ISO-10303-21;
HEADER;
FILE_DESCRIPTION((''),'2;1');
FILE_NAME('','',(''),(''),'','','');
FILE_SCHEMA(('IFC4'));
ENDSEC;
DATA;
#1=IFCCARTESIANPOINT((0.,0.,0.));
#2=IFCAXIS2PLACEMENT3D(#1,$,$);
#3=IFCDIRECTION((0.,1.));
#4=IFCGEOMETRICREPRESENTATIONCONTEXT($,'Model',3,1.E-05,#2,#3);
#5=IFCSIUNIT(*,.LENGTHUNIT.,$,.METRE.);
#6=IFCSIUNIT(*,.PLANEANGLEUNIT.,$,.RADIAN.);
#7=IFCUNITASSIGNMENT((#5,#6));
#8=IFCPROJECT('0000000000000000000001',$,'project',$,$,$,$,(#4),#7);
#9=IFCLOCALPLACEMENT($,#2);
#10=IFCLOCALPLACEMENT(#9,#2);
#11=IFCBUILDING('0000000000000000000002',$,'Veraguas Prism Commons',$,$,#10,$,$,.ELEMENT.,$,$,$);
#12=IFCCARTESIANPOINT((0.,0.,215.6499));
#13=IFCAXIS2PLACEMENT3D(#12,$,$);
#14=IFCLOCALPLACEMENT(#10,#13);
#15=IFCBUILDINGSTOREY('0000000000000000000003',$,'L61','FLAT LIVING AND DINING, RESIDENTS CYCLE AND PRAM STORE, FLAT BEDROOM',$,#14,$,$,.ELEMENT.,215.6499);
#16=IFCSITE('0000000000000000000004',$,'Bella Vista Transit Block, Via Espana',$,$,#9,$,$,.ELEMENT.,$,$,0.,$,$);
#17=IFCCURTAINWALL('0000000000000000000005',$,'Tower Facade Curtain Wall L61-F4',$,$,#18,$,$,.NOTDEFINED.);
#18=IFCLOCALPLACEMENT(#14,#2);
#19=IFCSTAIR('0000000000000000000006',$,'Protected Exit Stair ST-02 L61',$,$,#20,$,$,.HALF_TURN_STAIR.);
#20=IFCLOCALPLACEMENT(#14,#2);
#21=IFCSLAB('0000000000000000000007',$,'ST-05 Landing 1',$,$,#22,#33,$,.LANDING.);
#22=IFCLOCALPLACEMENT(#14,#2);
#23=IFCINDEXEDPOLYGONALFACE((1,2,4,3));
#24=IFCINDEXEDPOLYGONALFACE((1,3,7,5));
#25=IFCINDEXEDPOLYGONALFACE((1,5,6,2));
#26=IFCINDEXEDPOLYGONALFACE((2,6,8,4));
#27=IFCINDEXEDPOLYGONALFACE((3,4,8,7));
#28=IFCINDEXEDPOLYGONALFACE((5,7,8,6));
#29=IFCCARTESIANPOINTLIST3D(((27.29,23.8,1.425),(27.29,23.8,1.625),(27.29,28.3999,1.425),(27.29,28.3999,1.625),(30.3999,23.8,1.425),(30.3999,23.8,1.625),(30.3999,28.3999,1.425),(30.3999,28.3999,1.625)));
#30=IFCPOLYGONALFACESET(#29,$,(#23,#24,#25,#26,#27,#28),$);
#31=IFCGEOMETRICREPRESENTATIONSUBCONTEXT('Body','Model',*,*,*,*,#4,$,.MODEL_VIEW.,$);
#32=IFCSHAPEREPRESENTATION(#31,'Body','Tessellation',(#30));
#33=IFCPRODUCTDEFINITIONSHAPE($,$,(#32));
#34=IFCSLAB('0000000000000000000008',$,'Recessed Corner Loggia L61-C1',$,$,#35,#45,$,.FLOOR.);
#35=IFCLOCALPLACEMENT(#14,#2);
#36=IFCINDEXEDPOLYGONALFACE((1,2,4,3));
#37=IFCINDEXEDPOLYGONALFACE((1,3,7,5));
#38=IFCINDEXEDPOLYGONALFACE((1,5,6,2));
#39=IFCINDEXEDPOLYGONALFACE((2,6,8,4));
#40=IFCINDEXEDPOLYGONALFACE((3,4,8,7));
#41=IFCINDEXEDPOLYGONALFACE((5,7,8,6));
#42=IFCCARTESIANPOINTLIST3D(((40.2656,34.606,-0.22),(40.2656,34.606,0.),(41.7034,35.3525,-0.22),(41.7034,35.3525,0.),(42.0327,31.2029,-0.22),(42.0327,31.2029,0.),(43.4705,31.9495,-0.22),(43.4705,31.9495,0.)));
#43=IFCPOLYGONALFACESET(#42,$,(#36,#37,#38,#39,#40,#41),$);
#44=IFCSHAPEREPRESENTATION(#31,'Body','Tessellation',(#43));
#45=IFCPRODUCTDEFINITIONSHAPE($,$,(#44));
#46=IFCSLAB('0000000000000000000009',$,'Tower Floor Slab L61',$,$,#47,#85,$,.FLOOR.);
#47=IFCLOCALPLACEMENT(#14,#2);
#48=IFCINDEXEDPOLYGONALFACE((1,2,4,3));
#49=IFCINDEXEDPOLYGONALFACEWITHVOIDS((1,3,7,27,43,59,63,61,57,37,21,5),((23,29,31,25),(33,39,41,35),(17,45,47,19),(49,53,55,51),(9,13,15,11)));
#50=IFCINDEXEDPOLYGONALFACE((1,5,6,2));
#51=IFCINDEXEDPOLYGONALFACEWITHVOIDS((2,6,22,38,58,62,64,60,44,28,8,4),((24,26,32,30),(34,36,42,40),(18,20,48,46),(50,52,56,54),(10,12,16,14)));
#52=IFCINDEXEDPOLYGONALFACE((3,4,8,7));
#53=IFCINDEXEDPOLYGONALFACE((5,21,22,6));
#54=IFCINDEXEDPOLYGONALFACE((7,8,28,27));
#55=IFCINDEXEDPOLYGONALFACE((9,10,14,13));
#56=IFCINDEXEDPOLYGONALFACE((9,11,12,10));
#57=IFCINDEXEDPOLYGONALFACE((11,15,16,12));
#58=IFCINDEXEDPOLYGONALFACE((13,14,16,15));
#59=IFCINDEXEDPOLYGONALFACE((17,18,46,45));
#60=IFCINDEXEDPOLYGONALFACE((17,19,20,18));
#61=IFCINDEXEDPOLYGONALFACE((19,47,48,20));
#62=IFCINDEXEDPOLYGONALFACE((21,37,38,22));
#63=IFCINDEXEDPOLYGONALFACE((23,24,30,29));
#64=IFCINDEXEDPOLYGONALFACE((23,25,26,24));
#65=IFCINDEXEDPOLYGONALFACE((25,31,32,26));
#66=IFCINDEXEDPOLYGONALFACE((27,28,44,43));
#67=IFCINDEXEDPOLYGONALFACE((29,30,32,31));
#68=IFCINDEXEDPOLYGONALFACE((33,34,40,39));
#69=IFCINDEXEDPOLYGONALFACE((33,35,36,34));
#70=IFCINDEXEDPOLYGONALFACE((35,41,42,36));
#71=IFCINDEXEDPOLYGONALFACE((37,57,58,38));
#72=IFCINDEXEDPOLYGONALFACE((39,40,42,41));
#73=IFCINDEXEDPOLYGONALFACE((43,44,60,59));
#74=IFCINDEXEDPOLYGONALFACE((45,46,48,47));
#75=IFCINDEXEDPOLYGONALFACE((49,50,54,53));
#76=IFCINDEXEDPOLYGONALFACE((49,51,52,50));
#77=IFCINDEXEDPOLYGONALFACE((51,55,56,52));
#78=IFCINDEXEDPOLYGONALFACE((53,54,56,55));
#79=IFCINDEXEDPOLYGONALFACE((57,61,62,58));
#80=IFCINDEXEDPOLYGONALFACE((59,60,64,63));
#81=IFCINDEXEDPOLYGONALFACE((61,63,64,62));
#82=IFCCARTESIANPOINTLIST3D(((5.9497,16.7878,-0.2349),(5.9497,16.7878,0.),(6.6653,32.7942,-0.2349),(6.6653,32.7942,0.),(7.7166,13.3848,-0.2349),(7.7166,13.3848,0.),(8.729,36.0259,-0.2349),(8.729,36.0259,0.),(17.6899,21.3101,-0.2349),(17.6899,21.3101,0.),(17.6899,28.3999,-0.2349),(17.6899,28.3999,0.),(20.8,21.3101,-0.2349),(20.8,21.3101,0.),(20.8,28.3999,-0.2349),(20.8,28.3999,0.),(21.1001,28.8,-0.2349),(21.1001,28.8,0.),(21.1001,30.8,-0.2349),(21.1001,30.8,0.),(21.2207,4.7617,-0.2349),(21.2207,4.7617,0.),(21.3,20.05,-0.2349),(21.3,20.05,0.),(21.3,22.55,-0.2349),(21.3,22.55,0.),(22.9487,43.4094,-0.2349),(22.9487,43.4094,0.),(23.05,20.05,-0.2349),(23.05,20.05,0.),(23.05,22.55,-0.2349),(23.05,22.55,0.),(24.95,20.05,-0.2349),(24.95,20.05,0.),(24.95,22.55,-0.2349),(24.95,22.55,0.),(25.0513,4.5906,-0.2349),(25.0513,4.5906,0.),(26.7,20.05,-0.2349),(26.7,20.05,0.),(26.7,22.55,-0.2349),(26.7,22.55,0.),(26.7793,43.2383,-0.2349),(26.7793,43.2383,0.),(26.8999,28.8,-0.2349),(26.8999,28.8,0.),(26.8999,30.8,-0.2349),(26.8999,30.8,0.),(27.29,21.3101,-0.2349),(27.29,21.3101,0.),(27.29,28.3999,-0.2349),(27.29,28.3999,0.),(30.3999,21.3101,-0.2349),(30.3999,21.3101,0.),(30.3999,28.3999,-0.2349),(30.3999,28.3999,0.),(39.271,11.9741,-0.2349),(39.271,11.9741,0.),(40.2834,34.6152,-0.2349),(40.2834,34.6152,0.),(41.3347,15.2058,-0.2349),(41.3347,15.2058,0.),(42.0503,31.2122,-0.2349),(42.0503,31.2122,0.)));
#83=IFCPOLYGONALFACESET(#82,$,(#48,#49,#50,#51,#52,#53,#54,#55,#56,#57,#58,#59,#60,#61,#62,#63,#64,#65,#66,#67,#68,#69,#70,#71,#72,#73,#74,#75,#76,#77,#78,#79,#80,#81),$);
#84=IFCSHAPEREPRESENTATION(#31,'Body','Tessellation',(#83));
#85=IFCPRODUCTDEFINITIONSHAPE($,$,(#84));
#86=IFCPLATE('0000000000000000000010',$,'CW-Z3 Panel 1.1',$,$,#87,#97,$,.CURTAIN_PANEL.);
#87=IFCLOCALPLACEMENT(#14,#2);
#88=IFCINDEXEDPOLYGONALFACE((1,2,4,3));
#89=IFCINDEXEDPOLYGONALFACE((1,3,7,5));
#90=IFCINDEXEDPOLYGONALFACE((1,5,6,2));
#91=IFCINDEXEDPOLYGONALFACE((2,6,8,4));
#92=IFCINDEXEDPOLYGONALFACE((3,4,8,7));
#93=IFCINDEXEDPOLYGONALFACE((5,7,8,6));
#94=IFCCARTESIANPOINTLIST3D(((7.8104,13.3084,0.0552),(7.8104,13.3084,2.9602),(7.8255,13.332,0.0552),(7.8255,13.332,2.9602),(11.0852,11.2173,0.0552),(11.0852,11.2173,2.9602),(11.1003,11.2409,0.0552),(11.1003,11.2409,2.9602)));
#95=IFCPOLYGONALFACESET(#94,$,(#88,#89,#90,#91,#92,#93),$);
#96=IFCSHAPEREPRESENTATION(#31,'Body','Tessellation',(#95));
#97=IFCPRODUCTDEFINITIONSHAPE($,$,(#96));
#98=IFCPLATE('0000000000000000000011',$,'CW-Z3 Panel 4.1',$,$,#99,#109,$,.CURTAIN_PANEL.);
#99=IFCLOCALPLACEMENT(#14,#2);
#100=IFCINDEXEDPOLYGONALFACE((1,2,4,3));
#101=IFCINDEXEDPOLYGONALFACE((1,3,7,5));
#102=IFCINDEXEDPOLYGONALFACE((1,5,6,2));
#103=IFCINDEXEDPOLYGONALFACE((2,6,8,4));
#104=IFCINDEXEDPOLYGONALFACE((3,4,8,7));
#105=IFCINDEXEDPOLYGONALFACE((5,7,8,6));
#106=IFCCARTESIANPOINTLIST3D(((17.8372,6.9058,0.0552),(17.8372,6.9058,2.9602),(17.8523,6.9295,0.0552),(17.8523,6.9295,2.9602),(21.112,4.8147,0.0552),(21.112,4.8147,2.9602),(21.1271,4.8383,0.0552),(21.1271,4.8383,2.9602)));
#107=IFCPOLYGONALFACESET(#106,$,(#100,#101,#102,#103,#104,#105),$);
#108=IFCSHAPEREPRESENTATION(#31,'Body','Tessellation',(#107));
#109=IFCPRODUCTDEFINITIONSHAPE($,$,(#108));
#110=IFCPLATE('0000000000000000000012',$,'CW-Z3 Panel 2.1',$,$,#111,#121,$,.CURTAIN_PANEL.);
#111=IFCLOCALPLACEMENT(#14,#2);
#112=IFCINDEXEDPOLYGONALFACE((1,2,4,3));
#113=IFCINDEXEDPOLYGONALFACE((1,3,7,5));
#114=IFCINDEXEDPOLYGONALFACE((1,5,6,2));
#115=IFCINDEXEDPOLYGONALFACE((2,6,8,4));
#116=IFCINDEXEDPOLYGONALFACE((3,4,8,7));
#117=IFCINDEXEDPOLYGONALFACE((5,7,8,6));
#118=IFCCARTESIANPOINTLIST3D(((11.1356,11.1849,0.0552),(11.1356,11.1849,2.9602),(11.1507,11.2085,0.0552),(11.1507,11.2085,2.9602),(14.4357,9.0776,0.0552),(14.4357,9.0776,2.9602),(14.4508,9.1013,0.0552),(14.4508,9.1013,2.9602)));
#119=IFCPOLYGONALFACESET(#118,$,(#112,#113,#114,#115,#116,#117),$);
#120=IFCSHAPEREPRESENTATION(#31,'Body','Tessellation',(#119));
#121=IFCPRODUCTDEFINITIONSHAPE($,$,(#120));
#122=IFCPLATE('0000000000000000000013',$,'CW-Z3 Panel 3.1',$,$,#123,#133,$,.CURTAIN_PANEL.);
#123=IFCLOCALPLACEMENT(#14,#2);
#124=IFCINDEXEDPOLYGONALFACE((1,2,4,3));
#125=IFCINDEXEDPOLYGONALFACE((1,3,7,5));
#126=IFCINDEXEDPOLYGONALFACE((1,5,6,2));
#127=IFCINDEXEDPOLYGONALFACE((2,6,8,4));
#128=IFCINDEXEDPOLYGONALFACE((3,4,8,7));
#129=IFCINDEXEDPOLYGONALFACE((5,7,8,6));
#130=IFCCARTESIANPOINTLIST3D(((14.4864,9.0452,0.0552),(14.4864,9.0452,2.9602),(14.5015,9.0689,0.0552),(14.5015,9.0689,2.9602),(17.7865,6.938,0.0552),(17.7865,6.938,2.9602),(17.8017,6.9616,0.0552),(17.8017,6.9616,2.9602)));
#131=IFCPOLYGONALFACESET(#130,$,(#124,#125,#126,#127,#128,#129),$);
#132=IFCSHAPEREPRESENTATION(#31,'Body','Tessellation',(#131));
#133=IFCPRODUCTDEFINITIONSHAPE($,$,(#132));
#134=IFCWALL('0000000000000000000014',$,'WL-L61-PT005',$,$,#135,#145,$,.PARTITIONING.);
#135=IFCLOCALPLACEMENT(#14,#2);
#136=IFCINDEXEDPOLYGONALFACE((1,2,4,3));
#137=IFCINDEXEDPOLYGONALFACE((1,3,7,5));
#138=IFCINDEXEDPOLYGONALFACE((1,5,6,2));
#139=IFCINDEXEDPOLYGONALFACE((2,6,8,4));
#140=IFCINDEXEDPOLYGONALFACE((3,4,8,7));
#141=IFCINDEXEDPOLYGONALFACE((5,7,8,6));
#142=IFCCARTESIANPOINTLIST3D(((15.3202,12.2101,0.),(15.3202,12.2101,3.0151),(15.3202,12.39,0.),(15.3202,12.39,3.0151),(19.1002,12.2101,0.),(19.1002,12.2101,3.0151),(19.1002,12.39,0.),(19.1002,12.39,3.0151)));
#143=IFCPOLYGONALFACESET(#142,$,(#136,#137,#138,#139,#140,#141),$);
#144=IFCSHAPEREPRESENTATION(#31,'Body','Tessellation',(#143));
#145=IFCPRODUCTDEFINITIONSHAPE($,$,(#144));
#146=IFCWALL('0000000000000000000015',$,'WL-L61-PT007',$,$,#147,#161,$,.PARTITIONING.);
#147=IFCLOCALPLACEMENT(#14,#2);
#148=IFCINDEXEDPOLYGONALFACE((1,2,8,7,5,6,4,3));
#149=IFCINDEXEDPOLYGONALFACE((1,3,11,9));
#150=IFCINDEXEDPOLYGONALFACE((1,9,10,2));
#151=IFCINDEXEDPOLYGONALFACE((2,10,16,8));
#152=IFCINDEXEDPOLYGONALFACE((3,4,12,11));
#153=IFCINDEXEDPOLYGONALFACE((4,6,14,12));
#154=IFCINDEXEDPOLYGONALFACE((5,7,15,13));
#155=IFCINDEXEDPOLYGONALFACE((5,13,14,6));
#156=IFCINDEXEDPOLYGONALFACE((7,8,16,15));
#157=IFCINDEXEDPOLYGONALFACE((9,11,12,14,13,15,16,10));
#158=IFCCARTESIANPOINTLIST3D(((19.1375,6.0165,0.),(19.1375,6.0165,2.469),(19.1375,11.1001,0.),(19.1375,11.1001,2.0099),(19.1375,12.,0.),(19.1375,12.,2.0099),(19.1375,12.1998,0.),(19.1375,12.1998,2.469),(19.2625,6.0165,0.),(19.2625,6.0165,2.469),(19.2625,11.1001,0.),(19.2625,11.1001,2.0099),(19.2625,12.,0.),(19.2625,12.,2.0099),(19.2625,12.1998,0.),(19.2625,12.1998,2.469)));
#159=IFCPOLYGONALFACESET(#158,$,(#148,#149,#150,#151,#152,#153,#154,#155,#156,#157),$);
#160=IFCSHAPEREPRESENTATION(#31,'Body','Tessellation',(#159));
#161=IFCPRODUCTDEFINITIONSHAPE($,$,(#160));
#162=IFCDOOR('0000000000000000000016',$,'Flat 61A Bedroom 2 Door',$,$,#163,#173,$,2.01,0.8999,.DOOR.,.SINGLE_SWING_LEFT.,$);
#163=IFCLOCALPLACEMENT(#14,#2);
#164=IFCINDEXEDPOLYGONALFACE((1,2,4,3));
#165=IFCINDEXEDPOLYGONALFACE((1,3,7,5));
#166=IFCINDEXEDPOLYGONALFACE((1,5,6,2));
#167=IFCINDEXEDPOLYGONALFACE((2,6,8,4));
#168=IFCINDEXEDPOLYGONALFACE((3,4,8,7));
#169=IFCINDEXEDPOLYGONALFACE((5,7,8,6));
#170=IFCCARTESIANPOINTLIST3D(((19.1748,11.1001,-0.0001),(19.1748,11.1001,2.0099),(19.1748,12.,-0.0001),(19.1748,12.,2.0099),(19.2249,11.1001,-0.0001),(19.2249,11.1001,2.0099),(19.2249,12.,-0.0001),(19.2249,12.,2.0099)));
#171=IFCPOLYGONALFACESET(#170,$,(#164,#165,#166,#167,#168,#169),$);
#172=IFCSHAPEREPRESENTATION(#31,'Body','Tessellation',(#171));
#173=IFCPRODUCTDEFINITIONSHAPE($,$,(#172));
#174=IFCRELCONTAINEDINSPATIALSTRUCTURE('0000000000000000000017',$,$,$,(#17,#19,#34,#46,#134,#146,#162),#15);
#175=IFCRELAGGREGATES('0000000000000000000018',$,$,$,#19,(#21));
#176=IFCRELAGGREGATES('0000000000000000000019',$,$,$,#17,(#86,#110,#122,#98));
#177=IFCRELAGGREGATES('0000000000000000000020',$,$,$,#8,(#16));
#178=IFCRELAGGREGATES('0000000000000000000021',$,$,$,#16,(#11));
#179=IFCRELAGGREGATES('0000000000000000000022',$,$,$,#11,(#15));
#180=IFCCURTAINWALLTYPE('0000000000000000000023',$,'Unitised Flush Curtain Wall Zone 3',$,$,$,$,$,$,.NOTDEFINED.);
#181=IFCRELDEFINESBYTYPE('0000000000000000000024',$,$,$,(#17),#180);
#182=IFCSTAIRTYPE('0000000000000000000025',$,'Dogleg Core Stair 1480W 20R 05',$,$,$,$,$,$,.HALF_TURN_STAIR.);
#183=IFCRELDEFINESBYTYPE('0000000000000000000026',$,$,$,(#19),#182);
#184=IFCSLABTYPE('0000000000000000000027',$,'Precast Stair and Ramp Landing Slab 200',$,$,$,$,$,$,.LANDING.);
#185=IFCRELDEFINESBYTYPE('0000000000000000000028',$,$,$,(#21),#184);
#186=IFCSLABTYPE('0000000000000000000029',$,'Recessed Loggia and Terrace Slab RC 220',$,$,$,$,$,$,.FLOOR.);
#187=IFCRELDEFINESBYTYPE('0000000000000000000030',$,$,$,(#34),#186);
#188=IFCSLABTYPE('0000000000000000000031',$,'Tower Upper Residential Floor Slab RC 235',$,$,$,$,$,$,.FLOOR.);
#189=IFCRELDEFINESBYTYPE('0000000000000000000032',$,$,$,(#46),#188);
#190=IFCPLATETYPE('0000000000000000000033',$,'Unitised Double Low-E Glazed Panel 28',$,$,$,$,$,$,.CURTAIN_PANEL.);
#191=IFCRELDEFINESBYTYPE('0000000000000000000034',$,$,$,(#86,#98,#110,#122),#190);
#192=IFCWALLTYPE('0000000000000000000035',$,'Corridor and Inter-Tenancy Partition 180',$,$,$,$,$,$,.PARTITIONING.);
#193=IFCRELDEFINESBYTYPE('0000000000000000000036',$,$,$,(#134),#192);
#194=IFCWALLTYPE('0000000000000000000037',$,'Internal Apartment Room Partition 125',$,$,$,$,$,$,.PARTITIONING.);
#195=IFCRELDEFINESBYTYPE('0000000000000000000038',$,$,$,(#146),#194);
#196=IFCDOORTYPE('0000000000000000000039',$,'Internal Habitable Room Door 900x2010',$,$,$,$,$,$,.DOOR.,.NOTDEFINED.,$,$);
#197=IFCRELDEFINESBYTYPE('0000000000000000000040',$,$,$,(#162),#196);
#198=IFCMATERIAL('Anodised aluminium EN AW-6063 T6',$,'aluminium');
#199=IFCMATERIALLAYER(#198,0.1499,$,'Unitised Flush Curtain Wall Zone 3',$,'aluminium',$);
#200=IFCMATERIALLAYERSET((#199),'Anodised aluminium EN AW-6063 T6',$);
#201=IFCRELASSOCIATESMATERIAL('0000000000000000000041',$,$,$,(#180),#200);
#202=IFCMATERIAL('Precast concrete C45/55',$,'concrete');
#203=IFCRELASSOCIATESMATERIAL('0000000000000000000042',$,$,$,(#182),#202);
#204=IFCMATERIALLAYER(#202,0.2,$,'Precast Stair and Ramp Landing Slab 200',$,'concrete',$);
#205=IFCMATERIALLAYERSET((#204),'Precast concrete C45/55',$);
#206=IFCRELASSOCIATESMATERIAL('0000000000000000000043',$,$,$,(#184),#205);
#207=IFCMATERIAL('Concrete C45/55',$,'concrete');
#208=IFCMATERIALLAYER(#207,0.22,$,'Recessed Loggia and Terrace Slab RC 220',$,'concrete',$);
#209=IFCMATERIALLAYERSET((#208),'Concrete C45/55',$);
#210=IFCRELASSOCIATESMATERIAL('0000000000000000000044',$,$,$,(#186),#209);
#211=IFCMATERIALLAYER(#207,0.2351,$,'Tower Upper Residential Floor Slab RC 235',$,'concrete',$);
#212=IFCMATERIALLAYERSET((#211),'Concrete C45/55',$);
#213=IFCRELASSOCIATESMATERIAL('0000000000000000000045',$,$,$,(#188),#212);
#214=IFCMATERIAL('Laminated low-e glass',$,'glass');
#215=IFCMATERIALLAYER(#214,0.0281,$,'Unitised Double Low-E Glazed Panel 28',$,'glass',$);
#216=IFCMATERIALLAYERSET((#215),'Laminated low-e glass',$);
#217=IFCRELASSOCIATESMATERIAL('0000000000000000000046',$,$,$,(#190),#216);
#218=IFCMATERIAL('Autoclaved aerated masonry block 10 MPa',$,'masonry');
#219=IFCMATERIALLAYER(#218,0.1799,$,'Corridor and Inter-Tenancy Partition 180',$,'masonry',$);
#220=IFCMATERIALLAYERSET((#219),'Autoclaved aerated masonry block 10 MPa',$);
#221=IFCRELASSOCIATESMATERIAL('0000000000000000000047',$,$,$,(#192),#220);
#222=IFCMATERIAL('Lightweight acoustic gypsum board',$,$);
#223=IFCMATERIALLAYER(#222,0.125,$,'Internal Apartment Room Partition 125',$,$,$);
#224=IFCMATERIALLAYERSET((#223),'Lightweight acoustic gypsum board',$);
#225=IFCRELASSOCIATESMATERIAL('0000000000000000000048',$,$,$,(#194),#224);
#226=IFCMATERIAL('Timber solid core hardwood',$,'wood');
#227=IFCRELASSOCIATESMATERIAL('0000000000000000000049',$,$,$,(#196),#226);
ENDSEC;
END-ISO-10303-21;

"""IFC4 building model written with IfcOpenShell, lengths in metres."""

from ifc_helpers import new_model, si_unit, direction, frame, frame_2d, origin, origin_2d, place, context, subcontext, project, spatial, polyline, rectangle, outline, extrude, source, transform, mapped, material, layer, layer_set, type_object, element, fill, aggregate, save


model = new_model("IFC4")

# Units and contexts
model_context = context("Model", 3, precision=1e-05, world=origin(), true_north=direction((0.0, 1.0)))
body_context = subcontext(model_context, "Body", "Model", "MODEL_VIEW")
ifc_project = project(units=[si_unit("LENGTHUNIT", "METRE"), si_unit("PLANEANGLEUNIT", "RADIAN")], contexts=[model_context])

# Site, building, storey
site_placement = place(None, origin())
site = spatial("IfcSite", under=ifc_project, at=site_placement, Name="Bella Vista Transit Block, Via Espana", CompositionType="ELEMENT", RefElevation=0.0)
building_placement = place(site_placement, origin())
building = spatial("IfcBuilding", under=site, at=building_placement, Name="Veraguas Prism Commons", CompositionType="ELEMENT")
storey_placement = place(building_placement, frame((0.0, 0.0, 215.6499)))
storey = spatial("IfcBuildingStorey", under=building, at=storey_placement, Name="L61", Description="FLAT LIVING AND DINING, RESIDENTS CYCLE AND PRAM STORE, FLAT BEDROOM", CompositionType="ELEMENT", Elevation=215.6499)

# Curtain wall
ifc_material_1 = material(Name="Anodised aluminium EN AW-6063 T6", Category="aluminium")
ifc_layer_1 = layer(ifc_material_1, 0.1499, Name="Unitised Flush Curtain Wall Zone 3", Category="aluminium")
ifc_layer_set_1 = layer_set([ifc_layer_1], Name="Anodised aluminium EN AW-6063 T6")
curtain_wall_type = type_object("IfcCurtainWallType", Name="Unitised Flush Curtain Wall Zone 3", PredefinedType="NOTDEFINED", material=ifc_layer_set_1)
curtain_wall_placement = place(storey_placement, origin())
curtain_wall = element("IfcCurtainWall", 1, at=curtain_wall_placement, inside=storey, type_object=curtain_wall_type, Name="Tower Facade Curtain Wall L61-F4", PredefinedType="NOTDEFINED")

# Stair, slab
ifc_material_2 = material(Name="Precast concrete C45/55", Category="concrete")
stair_type = type_object("IfcStairType", Name="Dogleg Core Stair 1480W 20R 05", PredefinedType="HALF_TURN_STAIR", material=ifc_material_2)
ifc_layer_2 = layer(ifc_material_2, 0.2, Name="Precast Stair and Ramp Landing Slab 200", Category="concrete")
ifc_layer_set_2 = layer_set([ifc_layer_2], Name="Precast concrete C45/55")
slab_type_1 = type_object("IfcSlabType", Name="Precast Stair and Ramp Landing Slab 200", PredefinedType="LANDING", material=ifc_layer_set_2)
stair_1_placement = place(storey_placement, origin())
stair_1 = element("IfcStair", 2, at=stair_1_placement, inside=storey, type_object=stair_type, Name="Protected Exit Stair ST-02 L61", PredefinedType="HALF_TURN_STAIR")
slab_1_placement = place(storey_placement, frame((0.0, 0.0, 1.425)))
slab_1 = element("IfcSlab", 3, at=slab_1_placement, type_object=slab_type_1, Name="ST-05 Landing 1", PredefinedType="LANDING", context=body_context, shape_type="SweptSolid", body=[
    extrude(outline(polyline([(30.3999, 23.8), (30.3999, 28.3999), (27.29, 28.3999), (27.29, 23.8), (30.3999, 23.8)])), origin(), (0.0, 0.0, 1.0), 0.2),
])
aggregate(stair_1, [slab_1])

# Slabs
ifc_material_3 = material(Name="Concrete C45/55", Category="concrete")
ifc_layer_3 = layer(ifc_material_3, 0.22, Name="Recessed Loggia and Terrace Slab RC 220", Category="concrete")
ifc_layer_set_3 = layer_set([ifc_layer_3], Name="Concrete C45/55")
slab_type_2 = type_object("IfcSlabType", Name="Recessed Loggia and Terrace Slab RC 220", PredefinedType="FLOOR", material=ifc_layer_set_3)
slab_2_placement = place(storey_placement, frame((0.0, 0.0, -0.22)))
element("IfcSlab", 4, at=slab_2_placement, inside=storey, type_object=slab_type_2, Name="Recessed Corner Loggia L61-C1", PredefinedType="FLOOR", context=body_context, shape_type="SweptSolid", body=[
    extrude(outline(polyline([(42.0327, 31.2029), (43.4705, 31.9495), (41.7034, 35.3525), (40.2656, 34.606), (42.0327, 31.2029)])), origin(), (0.0, 0.0, 1.0), 0.22),
])
ifc_layer_4 = layer(ifc_material_3, 0.2351, Name="Tower Upper Residential Floor Slab RC 235", Category="concrete")
ifc_layer_set_4 = layer_set([ifc_layer_4], Name="Concrete C45/55")
slab_type_3 = type_object("IfcSlabType", Name="Tower Upper Residential Floor Slab RC 235", PredefinedType="FLOOR", material=ifc_layer_set_4)
slab_3_placement = place(storey_placement, frame((0.0, 0.0, -0.2349)))
element("IfcSlab", 5, at=slab_3_placement, inside=storey, type_object=slab_type_3, Name="Tower Floor Slab L61", PredefinedType="FLOOR", context=body_context, shape_type="SweptSolid", body=[
    extrude(outline(polyline([(42.0503, 31.2122), (40.2834, 34.6152), (26.7793, 43.2383), (22.9487, 43.4094), (8.729, 36.0259), (6.6653, 32.7942), (5.9497, 16.7878), (7.7166, 13.3848), (21.2207, 4.7617), (25.0513, 4.5906), (39.271, 11.9741), (41.3347, 15.2058), (42.0503, 31.2122)]), holes=[polyline([(20.8, 21.3101), (20.8, 28.3999), (17.6899, 28.3999), (17.6899, 21.3101), (20.8, 21.3101)]), polyline([(30.3999, 21.3101), (30.3999, 28.3999), (27.29, 28.3999), (27.29, 21.3101), (30.3999, 21.3101)]), polyline([(21.1001, 28.8), (26.8999, 28.8), (26.8999, 30.8), (21.1001, 30.8), (21.1001, 28.8)]), polyline([(21.3, 20.05), (23.05, 20.05), (23.05, 22.55), (21.3, 22.55), (21.3, 20.05)]), polyline([(24.95, 20.05), (26.7, 20.05), (26.7, 22.55), (24.95, 22.55), (24.95, 20.05)])]), origin(), (0.0, 0.0, 1.0), 0.2349),
])

# Plates
ifc_material_4 = material(Name="Laminated low-e glass", Category="glass")
ifc_layer_5 = layer(ifc_material_4, 0.0281, Name="Unitised Double Low-E Glazed Panel 28", Category="glass")
ifc_layer_set_5 = layer_set([ifc_layer_5], Name="Laminated low-e glass")
plate_type = type_object("IfcPlateType", Name="Unitised Double Low-E Glazed Panel 28", PredefinedType="CURTAIN_PANEL", material=ifc_layer_set_5)
shared_shape_1 = source(origin(), body_context, "Body", "SweptSolid", [
    extrude(rectangle(XDim=3.8855, YDim=0.0281, at=origin_2d()), origin(), (0.0, 0.0, 1.0), 2.905),
])
plate_1_placement = place(storey_placement, frame((9.4553, 12.2747, 0.0552), z_axis=(0.0, 0.0, 1.0), x_axis=(0.842828, -0.538183, 0.0)))
plate_1 = element("IfcPlate", 6, at=plate_1_placement, type_object=plate_type, Name="CW-Z3 Panel 1.1", PredefinedType="CURTAIN_PANEL", context=body_context, shape_type="MappedRepresentation", body=[
    mapped(shared_shape_1, transform((0.0, 0.0, 0.0), scale=1.0)),
])
plate_2_placement = place(storey_placement, frame((19.4822, 5.8721, 0.0552), z_axis=(0.0, 0.0, 1.0), x_axis=(0.842828, -0.538183, 0.0)))
plate_2 = element("IfcPlate", 7, at=plate_2_placement, type_object=plate_type, Name="CW-Z3 Panel 4.1", PredefinedType="CURTAIN_PANEL", context=body_context, shape_type="MappedRepresentation", body=[
    mapped(shared_shape_1, transform((0.0, 0.0, 0.0), scale=1.0)),
])
shared_shape_2 = source(origin(), body_context, "Body", "SweptSolid", [
    extrude(rectangle(XDim=3.9155, YDim=0.0281, at=origin_2d()), origin(), (0.0, 0.0, 1.0), 2.905),
])
plate_3_placement = place(storey_placement, frame((12.7932, 10.1431, 0.0552), z_axis=(0.0, 0.0, 1.0), x_axis=(0.842828, -0.538183, 0.0)))
plate_3 = element("IfcPlate", 8, at=plate_3_placement, type_object=plate_type, Name="CW-Z3 Panel 2.1", PredefinedType="CURTAIN_PANEL", context=body_context, shape_type="MappedRepresentation", body=[
    mapped(shared_shape_2, transform((0.0, 0.0, 0.0), scale=1.0)),
])
plate_4_placement = place(storey_placement, frame((16.144, 8.0034, 0.0552), z_axis=(0.0, 0.0, 1.0), x_axis=(0.842828, -0.538183, 0.0)))
plate_4 = element("IfcPlate", 9, at=plate_4_placement, type_object=plate_type, Name="CW-Z3 Panel 3.1", PredefinedType="CURTAIN_PANEL", context=body_context, shape_type="MappedRepresentation", body=[
    mapped(shared_shape_2, transform((0.0, 0.0, 0.0), scale=1.0)),
])
aggregate(curtain_wall, [plate_1, plate_3, plate_4, plate_2])

# Wall
ifc_material_5 = material(Name="Autoclaved aerated masonry block 10 MPa", Category="masonry")
ifc_layer_6 = layer(ifc_material_5, 0.1799, Name="Corridor and Inter-Tenancy Partition 180", Category="masonry")
ifc_layer_set_6 = layer_set([ifc_layer_6], Name="Autoclaved aerated masonry block 10 MPa")
wall_type_1 = type_object("IfcWallType", Name="Corridor and Inter-Tenancy Partition 180", PredefinedType="PARTITIONING", material=ifc_layer_set_6)
wall_1_placement = place(storey_placement, frame((15.3201, 12.3, 0.0), z_axis=(0.0, 0.0, 1.0), x_axis=(1.0, 0.0, 0.0)))
element("IfcWall", 10, at=wall_1_placement, inside=storey, type_object=wall_type_1, Name="WL-L61-PT005", PredefinedType="PARTITIONING", context=body_context, shape_type="SweptSolid", body=[
    extrude(rectangle(XDim=3.78, YDim=0.1799, at=frame_2d((1.8901, 0.0))), origin(), (0.0, 0.0, 1.0), 3.0151),
])

# Wall, opening, door
ifc_material_6 = material(Name="Lightweight acoustic gypsum board")
ifc_layer_7 = layer(ifc_material_6, 0.125, Name="Internal Apartment Room Partition 125")
ifc_layer_set_7 = layer_set([ifc_layer_7], Name="Lightweight acoustic gypsum board")
wall_type_2 = type_object("IfcWallType", Name="Internal Apartment Room Partition 125", PredefinedType="PARTITIONING", material=ifc_layer_set_7)
wall_2_placement = place(storey_placement, frame((19.2, 12.2, 0.0), z_axis=(0.0, 0.0, 1.0), x_axis=(0.0, -1.0, 0.0)))
wall_2 = element("IfcWall", 11, at=wall_2_placement, inside=storey, type_object=wall_type_2, Name="WL-L61-PT007", PredefinedType="PARTITIONING", context=body_context, shape_type="SweptSolid", body=[
    extrude(rectangle(XDim=6.1833, YDim=0.125, at=frame_2d((3.0918, 0.0))), origin(), (0.0, 0.0, 1.0), 2.469),
])
opening_1_placement = place(wall_2_placement, frame((0.2, 0.0, 0.0)))
opening_1 = element("IfcOpeningElement", 12, at=opening_1_placement, cuts=wall_2, PredefinedType="OPENING", context=body_context, shape_type="SweptSolid", body=[
    extrude(rectangle(XDim=0.8999, YDim=2.01, at=frame_2d((0.45, 1.0049))), frame((0.0, 0.0725, 0.0), z_axis=(0.0, -1.0, 0.0), x_axis=(1.0, 0.0, 0.0)), (0.0, 0.0, 1.0), 0.145),
])
ifc_material_7 = material(Name="Timber solid core hardwood", Category="wood")
door_type_1 = type_object("IfcDoorType", Name="Internal Habitable Room Door 900x2010", OperationType="NOTDEFINED", PredefinedType="DOOR", material=ifc_material_7)
shared_shape_3 = source(origin(), body_context, "Body", "SweptSolid", [
    extrude(rectangle(XDim=0.8999, YDim=2.01, at=frame_2d((0.45, 1.0049))), frame((0.0, 0.0249, 0.0), z_axis=(0.0, -1.0, 0.0), x_axis=(1.0, 0.0, 0.0)), (0.0, 0.0, 1.0), 0.05),
])
door_1_placement = place(opening_1_placement, origin())
door_1 = element("IfcDoor", 13, at=door_1_placement, inside=storey, type_object=door_type_1, Name="Flat 61A Bedroom 2 Door", OperationType="SINGLE_SWING_LEFT", OverallHeight=2.01, OverallWidth=0.8999, PredefinedType="DOOR", context=body_context, shape_type="MappedRepresentation", body=[
    mapped(shared_shape_3, transform((0.0, 0.0, 0.0), scale=1.0)),
])
fill(opening_1, door_1)

save(model, "model.ifc")
